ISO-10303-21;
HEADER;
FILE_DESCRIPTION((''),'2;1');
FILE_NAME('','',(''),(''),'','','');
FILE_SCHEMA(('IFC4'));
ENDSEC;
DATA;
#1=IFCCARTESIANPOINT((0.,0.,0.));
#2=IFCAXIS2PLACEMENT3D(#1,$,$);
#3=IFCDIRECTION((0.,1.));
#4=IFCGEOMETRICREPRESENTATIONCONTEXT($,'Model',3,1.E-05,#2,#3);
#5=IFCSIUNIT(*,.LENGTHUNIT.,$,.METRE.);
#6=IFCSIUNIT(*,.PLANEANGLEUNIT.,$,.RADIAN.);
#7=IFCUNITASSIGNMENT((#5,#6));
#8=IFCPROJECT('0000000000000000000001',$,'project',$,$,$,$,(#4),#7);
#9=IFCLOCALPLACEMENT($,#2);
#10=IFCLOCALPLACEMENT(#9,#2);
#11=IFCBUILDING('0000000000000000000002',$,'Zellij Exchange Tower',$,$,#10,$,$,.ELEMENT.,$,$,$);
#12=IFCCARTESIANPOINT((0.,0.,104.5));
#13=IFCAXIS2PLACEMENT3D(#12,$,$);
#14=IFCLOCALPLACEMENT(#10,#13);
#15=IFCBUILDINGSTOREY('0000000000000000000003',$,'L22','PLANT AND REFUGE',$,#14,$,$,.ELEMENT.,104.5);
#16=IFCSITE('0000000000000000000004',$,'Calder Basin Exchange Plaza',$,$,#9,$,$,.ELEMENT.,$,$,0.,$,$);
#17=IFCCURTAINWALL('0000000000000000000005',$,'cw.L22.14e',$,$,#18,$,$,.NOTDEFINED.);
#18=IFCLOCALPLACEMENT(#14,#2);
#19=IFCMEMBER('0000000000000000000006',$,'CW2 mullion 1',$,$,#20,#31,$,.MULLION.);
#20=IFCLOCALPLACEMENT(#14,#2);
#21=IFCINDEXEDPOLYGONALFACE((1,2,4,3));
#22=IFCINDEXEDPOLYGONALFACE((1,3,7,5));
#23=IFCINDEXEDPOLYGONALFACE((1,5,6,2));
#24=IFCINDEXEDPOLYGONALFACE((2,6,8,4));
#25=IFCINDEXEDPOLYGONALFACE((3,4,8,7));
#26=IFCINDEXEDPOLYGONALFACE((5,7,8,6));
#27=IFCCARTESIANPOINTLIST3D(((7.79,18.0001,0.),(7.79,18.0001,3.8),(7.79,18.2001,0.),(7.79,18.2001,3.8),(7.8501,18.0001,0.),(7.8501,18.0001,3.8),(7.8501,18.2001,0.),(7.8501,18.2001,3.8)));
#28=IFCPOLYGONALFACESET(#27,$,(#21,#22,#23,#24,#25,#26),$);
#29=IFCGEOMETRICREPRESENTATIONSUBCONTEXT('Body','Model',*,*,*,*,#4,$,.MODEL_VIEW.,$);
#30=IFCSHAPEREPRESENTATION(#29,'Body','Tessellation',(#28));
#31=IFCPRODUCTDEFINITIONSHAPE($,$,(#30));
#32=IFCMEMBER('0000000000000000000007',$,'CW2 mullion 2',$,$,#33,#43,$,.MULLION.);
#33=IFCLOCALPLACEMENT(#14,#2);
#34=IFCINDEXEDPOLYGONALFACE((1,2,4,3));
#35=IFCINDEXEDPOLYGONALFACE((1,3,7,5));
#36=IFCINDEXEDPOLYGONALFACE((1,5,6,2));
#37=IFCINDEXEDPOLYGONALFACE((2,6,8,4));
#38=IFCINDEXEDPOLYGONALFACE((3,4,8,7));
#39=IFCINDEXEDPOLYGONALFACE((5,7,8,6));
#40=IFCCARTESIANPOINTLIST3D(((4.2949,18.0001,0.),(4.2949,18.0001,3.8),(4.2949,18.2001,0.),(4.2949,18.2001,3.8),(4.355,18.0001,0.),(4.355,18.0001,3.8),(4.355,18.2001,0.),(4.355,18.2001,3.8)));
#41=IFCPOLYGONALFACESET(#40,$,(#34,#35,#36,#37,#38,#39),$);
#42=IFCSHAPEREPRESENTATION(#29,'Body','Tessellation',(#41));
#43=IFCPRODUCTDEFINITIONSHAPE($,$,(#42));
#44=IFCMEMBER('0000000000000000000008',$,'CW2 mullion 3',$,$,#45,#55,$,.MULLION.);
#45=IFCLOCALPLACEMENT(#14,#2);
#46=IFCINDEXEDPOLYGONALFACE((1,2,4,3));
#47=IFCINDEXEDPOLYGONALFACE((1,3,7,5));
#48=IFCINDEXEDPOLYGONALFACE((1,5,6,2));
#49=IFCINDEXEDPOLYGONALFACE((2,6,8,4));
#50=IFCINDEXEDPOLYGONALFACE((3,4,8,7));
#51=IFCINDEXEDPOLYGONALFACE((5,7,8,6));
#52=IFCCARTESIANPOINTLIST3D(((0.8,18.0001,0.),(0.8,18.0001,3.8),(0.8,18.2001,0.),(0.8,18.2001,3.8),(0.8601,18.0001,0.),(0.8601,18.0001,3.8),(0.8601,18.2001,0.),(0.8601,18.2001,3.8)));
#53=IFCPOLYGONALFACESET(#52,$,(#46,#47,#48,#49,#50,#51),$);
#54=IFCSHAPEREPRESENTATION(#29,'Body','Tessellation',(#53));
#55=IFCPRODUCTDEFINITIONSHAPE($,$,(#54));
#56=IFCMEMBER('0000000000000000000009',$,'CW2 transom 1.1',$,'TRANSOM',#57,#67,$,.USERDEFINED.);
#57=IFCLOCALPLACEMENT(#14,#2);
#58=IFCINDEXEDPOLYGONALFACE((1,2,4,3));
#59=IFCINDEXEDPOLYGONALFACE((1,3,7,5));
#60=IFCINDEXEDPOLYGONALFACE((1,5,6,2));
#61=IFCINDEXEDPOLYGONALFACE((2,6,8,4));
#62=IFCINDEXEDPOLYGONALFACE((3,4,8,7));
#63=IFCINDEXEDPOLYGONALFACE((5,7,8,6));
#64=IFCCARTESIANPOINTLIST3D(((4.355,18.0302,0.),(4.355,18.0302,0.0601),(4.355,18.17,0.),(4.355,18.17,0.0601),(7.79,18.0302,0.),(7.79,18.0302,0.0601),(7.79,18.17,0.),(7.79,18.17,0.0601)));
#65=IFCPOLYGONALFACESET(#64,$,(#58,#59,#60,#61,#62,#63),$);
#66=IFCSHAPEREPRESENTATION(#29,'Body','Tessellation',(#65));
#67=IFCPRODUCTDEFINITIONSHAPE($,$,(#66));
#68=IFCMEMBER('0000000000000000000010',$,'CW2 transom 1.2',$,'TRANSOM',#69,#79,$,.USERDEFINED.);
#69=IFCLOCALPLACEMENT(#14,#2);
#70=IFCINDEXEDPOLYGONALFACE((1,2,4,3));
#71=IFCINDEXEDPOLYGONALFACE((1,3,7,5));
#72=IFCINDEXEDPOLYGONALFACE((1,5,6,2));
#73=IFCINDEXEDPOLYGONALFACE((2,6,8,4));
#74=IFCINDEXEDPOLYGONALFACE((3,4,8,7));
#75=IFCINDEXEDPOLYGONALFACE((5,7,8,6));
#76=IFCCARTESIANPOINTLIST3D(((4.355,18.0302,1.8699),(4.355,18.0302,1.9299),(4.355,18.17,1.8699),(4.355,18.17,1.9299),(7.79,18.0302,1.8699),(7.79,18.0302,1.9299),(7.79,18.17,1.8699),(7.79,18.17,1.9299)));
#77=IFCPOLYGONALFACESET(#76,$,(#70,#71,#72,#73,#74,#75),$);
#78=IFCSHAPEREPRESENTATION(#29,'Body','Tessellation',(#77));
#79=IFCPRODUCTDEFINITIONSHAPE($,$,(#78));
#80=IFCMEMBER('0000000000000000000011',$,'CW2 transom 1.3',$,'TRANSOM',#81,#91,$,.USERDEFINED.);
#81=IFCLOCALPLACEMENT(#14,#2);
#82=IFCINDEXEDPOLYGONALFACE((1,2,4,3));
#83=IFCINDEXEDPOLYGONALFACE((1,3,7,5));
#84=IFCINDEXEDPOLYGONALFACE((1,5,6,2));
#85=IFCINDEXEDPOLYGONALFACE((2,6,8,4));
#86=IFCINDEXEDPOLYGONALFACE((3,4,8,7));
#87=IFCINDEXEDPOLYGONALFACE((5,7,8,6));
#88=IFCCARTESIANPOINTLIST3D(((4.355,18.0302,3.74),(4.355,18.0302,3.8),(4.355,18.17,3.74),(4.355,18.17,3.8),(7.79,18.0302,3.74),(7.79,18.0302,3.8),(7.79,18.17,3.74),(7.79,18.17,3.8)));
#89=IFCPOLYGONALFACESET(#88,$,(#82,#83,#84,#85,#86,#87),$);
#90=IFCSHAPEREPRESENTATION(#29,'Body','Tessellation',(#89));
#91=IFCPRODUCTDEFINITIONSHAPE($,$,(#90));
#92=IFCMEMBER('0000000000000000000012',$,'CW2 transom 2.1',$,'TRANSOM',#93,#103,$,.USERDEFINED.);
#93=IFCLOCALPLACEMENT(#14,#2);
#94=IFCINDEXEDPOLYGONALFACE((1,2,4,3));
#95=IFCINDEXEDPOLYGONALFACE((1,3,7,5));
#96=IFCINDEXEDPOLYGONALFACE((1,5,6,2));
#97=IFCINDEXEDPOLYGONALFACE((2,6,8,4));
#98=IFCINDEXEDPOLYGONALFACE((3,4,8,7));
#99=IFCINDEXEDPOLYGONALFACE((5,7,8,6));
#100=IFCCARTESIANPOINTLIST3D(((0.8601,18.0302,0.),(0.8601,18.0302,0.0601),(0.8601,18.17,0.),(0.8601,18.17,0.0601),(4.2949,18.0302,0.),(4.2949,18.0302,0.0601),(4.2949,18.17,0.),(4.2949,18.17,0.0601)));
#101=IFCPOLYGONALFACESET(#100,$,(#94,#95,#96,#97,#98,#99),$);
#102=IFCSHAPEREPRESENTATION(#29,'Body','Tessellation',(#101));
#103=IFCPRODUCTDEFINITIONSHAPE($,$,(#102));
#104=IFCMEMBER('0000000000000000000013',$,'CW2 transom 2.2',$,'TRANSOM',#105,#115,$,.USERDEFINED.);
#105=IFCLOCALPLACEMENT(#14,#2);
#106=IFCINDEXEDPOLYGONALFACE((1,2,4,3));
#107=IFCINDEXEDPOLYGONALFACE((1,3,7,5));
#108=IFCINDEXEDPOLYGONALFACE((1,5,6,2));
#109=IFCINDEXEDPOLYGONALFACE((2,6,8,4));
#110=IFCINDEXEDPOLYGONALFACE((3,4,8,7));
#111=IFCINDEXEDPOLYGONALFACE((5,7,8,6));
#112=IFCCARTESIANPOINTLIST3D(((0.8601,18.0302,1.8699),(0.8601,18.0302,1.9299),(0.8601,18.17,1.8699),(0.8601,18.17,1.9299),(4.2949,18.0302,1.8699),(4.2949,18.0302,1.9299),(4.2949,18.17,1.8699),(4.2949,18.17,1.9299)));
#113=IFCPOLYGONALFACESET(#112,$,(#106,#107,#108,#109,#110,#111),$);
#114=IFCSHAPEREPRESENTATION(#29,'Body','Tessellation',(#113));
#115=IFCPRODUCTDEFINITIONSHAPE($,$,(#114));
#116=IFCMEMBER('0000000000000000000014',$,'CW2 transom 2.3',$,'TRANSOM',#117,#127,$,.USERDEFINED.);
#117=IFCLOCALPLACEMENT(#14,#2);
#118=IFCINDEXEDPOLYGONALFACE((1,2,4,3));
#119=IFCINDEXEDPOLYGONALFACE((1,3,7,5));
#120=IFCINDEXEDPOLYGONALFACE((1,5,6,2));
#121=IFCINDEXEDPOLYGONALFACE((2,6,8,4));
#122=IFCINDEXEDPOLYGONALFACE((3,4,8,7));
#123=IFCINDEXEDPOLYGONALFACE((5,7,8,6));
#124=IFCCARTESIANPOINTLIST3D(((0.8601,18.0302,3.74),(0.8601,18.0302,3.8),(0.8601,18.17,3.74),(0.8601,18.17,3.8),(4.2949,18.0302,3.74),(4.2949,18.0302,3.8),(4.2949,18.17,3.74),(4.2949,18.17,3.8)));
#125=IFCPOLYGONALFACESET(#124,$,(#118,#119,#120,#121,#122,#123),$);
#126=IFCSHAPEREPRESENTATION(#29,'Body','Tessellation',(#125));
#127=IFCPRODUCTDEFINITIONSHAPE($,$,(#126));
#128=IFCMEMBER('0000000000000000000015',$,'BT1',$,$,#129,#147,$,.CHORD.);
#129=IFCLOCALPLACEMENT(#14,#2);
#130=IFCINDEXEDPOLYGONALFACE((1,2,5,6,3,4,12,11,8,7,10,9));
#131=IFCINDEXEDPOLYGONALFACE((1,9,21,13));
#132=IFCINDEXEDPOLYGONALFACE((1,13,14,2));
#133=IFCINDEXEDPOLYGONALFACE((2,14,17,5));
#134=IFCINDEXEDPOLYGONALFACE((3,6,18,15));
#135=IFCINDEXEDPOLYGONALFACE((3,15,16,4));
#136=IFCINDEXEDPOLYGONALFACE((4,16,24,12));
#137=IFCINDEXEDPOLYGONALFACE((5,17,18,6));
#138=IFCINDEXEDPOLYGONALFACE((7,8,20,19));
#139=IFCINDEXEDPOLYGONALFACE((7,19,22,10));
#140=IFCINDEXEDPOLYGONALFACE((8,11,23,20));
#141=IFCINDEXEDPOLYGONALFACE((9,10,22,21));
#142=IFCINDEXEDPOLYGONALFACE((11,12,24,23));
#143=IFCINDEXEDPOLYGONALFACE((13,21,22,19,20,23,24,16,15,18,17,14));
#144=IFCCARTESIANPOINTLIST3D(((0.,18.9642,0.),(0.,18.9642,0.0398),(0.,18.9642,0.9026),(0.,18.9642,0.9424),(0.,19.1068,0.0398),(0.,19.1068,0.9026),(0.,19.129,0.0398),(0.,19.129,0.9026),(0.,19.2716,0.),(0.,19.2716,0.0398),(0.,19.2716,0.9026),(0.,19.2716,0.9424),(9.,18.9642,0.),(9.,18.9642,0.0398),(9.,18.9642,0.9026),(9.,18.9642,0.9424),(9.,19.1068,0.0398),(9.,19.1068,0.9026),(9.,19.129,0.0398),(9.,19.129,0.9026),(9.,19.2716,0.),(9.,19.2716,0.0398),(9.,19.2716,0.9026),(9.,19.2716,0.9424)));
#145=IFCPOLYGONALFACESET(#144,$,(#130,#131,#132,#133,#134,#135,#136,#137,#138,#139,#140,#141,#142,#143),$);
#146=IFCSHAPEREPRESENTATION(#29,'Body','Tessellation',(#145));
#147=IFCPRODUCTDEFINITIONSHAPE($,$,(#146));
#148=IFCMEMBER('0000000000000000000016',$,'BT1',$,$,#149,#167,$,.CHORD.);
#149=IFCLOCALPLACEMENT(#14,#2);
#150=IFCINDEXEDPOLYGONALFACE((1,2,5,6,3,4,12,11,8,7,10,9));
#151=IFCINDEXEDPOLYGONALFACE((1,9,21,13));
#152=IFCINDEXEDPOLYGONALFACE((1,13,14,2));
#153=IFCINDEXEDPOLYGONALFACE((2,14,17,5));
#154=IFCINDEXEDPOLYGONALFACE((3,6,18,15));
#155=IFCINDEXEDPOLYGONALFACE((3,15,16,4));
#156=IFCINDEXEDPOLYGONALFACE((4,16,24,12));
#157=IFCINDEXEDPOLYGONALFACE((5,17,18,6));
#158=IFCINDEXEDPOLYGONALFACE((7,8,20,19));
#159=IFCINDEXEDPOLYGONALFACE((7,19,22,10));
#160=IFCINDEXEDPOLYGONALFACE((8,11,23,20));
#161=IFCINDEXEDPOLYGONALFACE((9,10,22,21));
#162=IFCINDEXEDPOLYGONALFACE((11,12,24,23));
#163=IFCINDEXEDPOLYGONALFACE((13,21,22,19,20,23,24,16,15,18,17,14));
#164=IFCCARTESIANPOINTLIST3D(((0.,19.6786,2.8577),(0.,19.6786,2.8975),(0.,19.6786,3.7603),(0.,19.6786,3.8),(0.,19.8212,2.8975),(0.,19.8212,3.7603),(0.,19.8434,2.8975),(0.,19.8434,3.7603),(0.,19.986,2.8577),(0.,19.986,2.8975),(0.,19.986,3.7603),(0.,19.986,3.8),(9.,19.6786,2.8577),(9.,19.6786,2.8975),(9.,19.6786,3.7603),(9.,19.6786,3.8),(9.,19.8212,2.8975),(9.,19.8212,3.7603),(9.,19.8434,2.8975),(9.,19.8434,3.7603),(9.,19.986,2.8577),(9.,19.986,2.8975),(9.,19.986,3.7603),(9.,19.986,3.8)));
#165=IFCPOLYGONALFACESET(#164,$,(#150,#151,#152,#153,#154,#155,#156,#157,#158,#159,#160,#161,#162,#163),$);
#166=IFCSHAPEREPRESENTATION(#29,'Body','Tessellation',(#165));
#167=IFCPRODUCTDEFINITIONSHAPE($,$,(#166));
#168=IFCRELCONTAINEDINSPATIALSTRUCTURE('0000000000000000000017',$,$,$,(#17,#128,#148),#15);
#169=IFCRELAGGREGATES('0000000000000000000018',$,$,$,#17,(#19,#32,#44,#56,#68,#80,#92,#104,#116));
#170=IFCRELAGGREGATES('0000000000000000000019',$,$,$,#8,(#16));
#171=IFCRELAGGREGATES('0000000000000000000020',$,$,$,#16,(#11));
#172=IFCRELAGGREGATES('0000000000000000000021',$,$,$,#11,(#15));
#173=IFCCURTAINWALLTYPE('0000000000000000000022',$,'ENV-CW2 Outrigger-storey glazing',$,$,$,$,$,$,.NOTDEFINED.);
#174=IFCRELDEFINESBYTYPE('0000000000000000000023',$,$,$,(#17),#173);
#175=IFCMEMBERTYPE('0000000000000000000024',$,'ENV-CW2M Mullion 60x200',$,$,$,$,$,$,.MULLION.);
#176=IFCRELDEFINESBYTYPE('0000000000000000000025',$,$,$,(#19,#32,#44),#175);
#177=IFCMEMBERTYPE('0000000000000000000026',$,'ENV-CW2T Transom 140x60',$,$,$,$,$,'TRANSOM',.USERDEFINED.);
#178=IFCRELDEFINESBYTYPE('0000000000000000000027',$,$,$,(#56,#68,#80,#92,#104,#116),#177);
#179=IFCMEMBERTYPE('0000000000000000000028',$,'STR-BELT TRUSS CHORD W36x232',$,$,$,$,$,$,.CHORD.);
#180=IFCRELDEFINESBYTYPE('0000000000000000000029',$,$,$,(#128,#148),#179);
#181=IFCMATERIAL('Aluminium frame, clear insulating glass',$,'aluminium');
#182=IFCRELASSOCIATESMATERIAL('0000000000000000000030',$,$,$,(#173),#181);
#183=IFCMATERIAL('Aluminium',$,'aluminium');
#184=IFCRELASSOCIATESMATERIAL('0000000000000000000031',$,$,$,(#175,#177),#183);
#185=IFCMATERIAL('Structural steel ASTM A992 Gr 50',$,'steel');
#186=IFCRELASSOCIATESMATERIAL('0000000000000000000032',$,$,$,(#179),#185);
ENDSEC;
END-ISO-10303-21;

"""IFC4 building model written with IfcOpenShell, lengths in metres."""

from ifc_helpers import new_model, si_unit, direction, frame, origin, origin_2d, place, context, subcontext, project, spatial, rectangle, i_section, extrude, material, material_profile, profile_set, type_object, element, aggregate, save


model = new_model("IFC4")

# Units and contexts
model_context = context("Model", 3, precision=1e-05, world=origin(), true_north=direction((0.0, 1.0)))
body_context = subcontext(model_context, "Body", "Model", "MODEL_VIEW")
ifc_project = project(units=[si_unit("LENGTHUNIT", "METRE"), si_unit("PLANEANGLEUNIT", "RADIAN")], contexts=[model_context])

# Site, building, storey
site_placement = place(None, origin())
site = spatial("IfcSite", under=ifc_project, at=site_placement, Name="Calder Basin Exchange Plaza", CompositionType="ELEMENT", RefElevation=0.0)
building_placement = place(site_placement, origin())
building = spatial("IfcBuilding", under=site, at=building_placement, Name="Zellij Exchange Tower", CompositionType="ELEMENT")
storey_placement = place(building_placement, frame((0.0, 0.0, 104.5)))
storey = spatial("IfcBuildingStorey", under=building, at=storey_placement, Name="L22", Description="PLANT AND REFUGE", CompositionType="ELEMENT", Elevation=104.5)

# Curtain wall, members
ifc_material_1 = material(Name="Aluminium frame, clear insulating glass", Category="aluminium")
curtain_wall_type = type_object("IfcCurtainWallType", Name="ENV-CW2 Outrigger-storey glazing", PredefinedType="NOTDEFINED", material=ifc_material_1)
curtain_wall_placement = place(storey_placement, origin())
curtain_wall = element("IfcCurtainWall", 1, at=curtain_wall_placement, inside=storey, type_object=curtain_wall_type, Name="cw.L22.14e", PredefinedType="NOTDEFINED")
ifc_material_2 = material(Name="Aluminium", Category="aluminium")
ifc_material_profile_1 = material_profile(ifc_material_2, rectangle(XDim=0.0601, YDim=0.2, at=origin_2d()), Name="AL 60x200")
ifc_profile_set_1 = profile_set([ifc_material_profile_1], Name="Aluminium")
member_type_1 = type_object("IfcMemberType", Name="ENV-CW2M Mullion 60x200", PredefinedType="MULLION", material=ifc_profile_set_1)
member_1_placement = place(storey_placement, frame((7.8201, 18.1001, 0.0), z_axis=(0.0, 0.0, 1.0), x_axis=(-1.0, 0.0, 0.0)))
member_1 = element("IfcMember", 2, at=member_1_placement, type_object=member_type_1, Name="CW2 mullion 1", PredefinedType="MULLION", context=body_context, shape_type="SweptSolid", body=[
    extrude(rectangle(XDim=0.0601, YDim=0.2, at=origin_2d()), origin(), (0.0, 0.0, 1.0), 3.8),
])
member_2_placement = place(storey_placement, frame((4.325, 18.1001, 0.0), z_axis=(0.0, 0.0, 1.0), x_axis=(-1.0, 0.0, 0.0)))
member_2 = element("IfcMember", 3, at=member_2_placement, type_object=member_type_1, Name="CW2 mullion 2", PredefinedType="MULLION", context=body_context, shape_type="SweptSolid", body=[
    extrude(rectangle(XDim=0.0601, YDim=0.2, at=origin_2d()), origin(), (0.0, 0.0, 1.0), 3.8),
])
member_3_placement = place(storey_placement, frame((0.8301, 18.1001, 0.0), z_axis=(0.0, 0.0, 1.0), x_axis=(-1.0, 0.0, 0.0)))
member_3 = element("IfcMember", 4, at=member_3_placement, type_object=member_type_1, Name="CW2 mullion 3", PredefinedType="MULLION", context=body_context, shape_type="SweptSolid", body=[
    extrude(rectangle(XDim=0.0601, YDim=0.2, at=origin_2d()), origin(), (0.0, 0.0, 1.0), 3.8),
])
ifc_material_profile_2 = material_profile(ifc_material_2, rectangle(XDim=0.1399, YDim=0.0601, at=origin_2d()), Name="AL 140x60")
ifc_profile_set_2 = profile_set([ifc_material_profile_2], Name="Aluminium")
member_type_2 = type_object("IfcMemberType", Name="ENV-CW2T Transom 140x60", ElementType="TRANSOM", PredefinedType="USERDEFINED", material=ifc_profile_set_2)
member_4_placement = place(storey_placement, frame((7.79, 18.1001, 0.03), z_axis=(-1.0, 0.0, 0.0), x_axis=(0.0, -1.0, 0.0)))
member_4 = element("IfcMember", 5, at=member_4_placement, type_object=member_type_2, Name="CW2 transom 1.1", ObjectType="TRANSOM", PredefinedType="USERDEFINED", context=body_context, shape_type="SweptSolid", body=[
    extrude(rectangle(XDim=0.1399, YDim=0.0601, at=origin_2d()), origin(), (0.0, 0.0, 1.0), 3.4351),
])
member_5_placement = place(storey_placement, frame((7.79, 18.1001, 1.8999), z_axis=(-1.0, 0.0, 0.0), x_axis=(0.0, -1.0, 0.0)))
member_5 = element("IfcMember", 6, at=member_5_placement, type_object=member_type_2, Name="CW2 transom 1.2", ObjectType="TRANSOM", PredefinedType="USERDEFINED", context=body_context, shape_type="SweptSolid", body=[
    extrude(rectangle(XDim=0.1399, YDim=0.0601, at=origin_2d()), origin(), (0.0, 0.0, 1.0), 3.4351),
])
member_6_placement = place(storey_placement, frame((7.79, 18.1001, 3.77), z_axis=(-1.0, 0.0, 0.0), x_axis=(0.0, -1.0, 0.0)))
member_6 = element("IfcMember", 7, at=member_6_placement, type_object=member_type_2, Name="CW2 transom 1.3", ObjectType="TRANSOM", PredefinedType="USERDEFINED", context=body_context, shape_type="SweptSolid", body=[
    extrude(rectangle(XDim=0.1399, YDim=0.0601, at=origin_2d()), origin(), (0.0, 0.0, 1.0), 3.4351),
])
member_7_placement = place(storey_placement, frame((4.2949, 18.1001, 0.03), z_axis=(-1.0, 0.0, 0.0), x_axis=(0.0, -1.0, 0.0)))
member_7 = element("IfcMember", 8, at=member_7_placement, type_object=member_type_2, Name="CW2 transom 2.1", ObjectType="TRANSOM", PredefinedType="USERDEFINED", context=body_context, shape_type="SweptSolid", body=[
    extrude(rectangle(XDim=0.1399, YDim=0.0601, at=origin_2d()), origin(), (0.0, 0.0, 1.0), 3.4348),
])
member_8_placement = place(storey_placement, frame((4.2949, 18.1001, 1.8999), z_axis=(-1.0, 0.0, 0.0), x_axis=(0.0, -1.0, 0.0)))
member_8 = element("IfcMember", 9, at=member_8_placement, type_object=member_type_2, Name="CW2 transom 2.2", ObjectType="TRANSOM", PredefinedType="USERDEFINED", context=body_context, shape_type="SweptSolid", body=[
    extrude(rectangle(XDim=0.1399, YDim=0.0601, at=origin_2d()), origin(), (0.0, 0.0, 1.0), 3.4348),
])
member_9_placement = place(storey_placement, frame((4.2949, 18.1001, 3.77), z_axis=(-1.0, 0.0, 0.0), x_axis=(0.0, -1.0, 0.0)))
member_9 = element("IfcMember", 10, at=member_9_placement, type_object=member_type_2, Name="CW2 transom 2.3", ObjectType="TRANSOM", PredefinedType="USERDEFINED", context=body_context, shape_type="SweptSolid", body=[
    extrude(rectangle(XDim=0.1399, YDim=0.0601, at=origin_2d()), origin(), (0.0, 0.0, 1.0), 3.4348),
])

# Members
ifc_material_3 = material(Name="Structural steel ASTM A992 Gr 50", Category="steel")
ifc_material_profile_3 = material_profile(ifc_material_3, i_section(OverallWidth=0.3074, OverallDepth=0.9424, WebThickness=0.0222, FlangeThickness=0.0398, at=origin_2d()), Name="W36x232")
ifc_profile_set_3 = profile_set([ifc_material_profile_3], Name="Structural steel ASTM A992 Gr 50")
member_type_3 = type_object("IfcMemberType", Name="STR-BELT TRUSS CHORD W36x232", PredefinedType="CHORD", material=ifc_profile_set_3)
for number, where, z_axis, x_axis, name in (
    (11, (0.0, 19.1179, 0.4712), (1.0, 0.0, 0.0), (0.0, 1.0, 0.0), "BT1"),
    (12, (0.0, 19.8323, 3.3289), (1.0, 0.0, 0.0), (0.0, 1.0, 0.0), "BT1"),
):
    element("IfcMember", number, at=place(storey_placement, frame(where, z_axis=z_axis, x_axis=x_axis)), inside=storey, type_object=member_type_3, Name=name, PredefinedType="CHORD", context=body_context, shape_type="SweptSolid", body=[
        extrude(i_section(OverallWidth=0.3074, OverallDepth=0.9424, WebThickness=0.0222, FlangeThickness=0.0398, at=origin_2d()), origin(), (0.0, 0.0, 1.0), 9.0),
    ])

aggregate(curtain_wall, [member_1, member_2, member_3, member_4, member_5, member_6, member_7, member_8, member_9])

save(model, "model.ifc")
